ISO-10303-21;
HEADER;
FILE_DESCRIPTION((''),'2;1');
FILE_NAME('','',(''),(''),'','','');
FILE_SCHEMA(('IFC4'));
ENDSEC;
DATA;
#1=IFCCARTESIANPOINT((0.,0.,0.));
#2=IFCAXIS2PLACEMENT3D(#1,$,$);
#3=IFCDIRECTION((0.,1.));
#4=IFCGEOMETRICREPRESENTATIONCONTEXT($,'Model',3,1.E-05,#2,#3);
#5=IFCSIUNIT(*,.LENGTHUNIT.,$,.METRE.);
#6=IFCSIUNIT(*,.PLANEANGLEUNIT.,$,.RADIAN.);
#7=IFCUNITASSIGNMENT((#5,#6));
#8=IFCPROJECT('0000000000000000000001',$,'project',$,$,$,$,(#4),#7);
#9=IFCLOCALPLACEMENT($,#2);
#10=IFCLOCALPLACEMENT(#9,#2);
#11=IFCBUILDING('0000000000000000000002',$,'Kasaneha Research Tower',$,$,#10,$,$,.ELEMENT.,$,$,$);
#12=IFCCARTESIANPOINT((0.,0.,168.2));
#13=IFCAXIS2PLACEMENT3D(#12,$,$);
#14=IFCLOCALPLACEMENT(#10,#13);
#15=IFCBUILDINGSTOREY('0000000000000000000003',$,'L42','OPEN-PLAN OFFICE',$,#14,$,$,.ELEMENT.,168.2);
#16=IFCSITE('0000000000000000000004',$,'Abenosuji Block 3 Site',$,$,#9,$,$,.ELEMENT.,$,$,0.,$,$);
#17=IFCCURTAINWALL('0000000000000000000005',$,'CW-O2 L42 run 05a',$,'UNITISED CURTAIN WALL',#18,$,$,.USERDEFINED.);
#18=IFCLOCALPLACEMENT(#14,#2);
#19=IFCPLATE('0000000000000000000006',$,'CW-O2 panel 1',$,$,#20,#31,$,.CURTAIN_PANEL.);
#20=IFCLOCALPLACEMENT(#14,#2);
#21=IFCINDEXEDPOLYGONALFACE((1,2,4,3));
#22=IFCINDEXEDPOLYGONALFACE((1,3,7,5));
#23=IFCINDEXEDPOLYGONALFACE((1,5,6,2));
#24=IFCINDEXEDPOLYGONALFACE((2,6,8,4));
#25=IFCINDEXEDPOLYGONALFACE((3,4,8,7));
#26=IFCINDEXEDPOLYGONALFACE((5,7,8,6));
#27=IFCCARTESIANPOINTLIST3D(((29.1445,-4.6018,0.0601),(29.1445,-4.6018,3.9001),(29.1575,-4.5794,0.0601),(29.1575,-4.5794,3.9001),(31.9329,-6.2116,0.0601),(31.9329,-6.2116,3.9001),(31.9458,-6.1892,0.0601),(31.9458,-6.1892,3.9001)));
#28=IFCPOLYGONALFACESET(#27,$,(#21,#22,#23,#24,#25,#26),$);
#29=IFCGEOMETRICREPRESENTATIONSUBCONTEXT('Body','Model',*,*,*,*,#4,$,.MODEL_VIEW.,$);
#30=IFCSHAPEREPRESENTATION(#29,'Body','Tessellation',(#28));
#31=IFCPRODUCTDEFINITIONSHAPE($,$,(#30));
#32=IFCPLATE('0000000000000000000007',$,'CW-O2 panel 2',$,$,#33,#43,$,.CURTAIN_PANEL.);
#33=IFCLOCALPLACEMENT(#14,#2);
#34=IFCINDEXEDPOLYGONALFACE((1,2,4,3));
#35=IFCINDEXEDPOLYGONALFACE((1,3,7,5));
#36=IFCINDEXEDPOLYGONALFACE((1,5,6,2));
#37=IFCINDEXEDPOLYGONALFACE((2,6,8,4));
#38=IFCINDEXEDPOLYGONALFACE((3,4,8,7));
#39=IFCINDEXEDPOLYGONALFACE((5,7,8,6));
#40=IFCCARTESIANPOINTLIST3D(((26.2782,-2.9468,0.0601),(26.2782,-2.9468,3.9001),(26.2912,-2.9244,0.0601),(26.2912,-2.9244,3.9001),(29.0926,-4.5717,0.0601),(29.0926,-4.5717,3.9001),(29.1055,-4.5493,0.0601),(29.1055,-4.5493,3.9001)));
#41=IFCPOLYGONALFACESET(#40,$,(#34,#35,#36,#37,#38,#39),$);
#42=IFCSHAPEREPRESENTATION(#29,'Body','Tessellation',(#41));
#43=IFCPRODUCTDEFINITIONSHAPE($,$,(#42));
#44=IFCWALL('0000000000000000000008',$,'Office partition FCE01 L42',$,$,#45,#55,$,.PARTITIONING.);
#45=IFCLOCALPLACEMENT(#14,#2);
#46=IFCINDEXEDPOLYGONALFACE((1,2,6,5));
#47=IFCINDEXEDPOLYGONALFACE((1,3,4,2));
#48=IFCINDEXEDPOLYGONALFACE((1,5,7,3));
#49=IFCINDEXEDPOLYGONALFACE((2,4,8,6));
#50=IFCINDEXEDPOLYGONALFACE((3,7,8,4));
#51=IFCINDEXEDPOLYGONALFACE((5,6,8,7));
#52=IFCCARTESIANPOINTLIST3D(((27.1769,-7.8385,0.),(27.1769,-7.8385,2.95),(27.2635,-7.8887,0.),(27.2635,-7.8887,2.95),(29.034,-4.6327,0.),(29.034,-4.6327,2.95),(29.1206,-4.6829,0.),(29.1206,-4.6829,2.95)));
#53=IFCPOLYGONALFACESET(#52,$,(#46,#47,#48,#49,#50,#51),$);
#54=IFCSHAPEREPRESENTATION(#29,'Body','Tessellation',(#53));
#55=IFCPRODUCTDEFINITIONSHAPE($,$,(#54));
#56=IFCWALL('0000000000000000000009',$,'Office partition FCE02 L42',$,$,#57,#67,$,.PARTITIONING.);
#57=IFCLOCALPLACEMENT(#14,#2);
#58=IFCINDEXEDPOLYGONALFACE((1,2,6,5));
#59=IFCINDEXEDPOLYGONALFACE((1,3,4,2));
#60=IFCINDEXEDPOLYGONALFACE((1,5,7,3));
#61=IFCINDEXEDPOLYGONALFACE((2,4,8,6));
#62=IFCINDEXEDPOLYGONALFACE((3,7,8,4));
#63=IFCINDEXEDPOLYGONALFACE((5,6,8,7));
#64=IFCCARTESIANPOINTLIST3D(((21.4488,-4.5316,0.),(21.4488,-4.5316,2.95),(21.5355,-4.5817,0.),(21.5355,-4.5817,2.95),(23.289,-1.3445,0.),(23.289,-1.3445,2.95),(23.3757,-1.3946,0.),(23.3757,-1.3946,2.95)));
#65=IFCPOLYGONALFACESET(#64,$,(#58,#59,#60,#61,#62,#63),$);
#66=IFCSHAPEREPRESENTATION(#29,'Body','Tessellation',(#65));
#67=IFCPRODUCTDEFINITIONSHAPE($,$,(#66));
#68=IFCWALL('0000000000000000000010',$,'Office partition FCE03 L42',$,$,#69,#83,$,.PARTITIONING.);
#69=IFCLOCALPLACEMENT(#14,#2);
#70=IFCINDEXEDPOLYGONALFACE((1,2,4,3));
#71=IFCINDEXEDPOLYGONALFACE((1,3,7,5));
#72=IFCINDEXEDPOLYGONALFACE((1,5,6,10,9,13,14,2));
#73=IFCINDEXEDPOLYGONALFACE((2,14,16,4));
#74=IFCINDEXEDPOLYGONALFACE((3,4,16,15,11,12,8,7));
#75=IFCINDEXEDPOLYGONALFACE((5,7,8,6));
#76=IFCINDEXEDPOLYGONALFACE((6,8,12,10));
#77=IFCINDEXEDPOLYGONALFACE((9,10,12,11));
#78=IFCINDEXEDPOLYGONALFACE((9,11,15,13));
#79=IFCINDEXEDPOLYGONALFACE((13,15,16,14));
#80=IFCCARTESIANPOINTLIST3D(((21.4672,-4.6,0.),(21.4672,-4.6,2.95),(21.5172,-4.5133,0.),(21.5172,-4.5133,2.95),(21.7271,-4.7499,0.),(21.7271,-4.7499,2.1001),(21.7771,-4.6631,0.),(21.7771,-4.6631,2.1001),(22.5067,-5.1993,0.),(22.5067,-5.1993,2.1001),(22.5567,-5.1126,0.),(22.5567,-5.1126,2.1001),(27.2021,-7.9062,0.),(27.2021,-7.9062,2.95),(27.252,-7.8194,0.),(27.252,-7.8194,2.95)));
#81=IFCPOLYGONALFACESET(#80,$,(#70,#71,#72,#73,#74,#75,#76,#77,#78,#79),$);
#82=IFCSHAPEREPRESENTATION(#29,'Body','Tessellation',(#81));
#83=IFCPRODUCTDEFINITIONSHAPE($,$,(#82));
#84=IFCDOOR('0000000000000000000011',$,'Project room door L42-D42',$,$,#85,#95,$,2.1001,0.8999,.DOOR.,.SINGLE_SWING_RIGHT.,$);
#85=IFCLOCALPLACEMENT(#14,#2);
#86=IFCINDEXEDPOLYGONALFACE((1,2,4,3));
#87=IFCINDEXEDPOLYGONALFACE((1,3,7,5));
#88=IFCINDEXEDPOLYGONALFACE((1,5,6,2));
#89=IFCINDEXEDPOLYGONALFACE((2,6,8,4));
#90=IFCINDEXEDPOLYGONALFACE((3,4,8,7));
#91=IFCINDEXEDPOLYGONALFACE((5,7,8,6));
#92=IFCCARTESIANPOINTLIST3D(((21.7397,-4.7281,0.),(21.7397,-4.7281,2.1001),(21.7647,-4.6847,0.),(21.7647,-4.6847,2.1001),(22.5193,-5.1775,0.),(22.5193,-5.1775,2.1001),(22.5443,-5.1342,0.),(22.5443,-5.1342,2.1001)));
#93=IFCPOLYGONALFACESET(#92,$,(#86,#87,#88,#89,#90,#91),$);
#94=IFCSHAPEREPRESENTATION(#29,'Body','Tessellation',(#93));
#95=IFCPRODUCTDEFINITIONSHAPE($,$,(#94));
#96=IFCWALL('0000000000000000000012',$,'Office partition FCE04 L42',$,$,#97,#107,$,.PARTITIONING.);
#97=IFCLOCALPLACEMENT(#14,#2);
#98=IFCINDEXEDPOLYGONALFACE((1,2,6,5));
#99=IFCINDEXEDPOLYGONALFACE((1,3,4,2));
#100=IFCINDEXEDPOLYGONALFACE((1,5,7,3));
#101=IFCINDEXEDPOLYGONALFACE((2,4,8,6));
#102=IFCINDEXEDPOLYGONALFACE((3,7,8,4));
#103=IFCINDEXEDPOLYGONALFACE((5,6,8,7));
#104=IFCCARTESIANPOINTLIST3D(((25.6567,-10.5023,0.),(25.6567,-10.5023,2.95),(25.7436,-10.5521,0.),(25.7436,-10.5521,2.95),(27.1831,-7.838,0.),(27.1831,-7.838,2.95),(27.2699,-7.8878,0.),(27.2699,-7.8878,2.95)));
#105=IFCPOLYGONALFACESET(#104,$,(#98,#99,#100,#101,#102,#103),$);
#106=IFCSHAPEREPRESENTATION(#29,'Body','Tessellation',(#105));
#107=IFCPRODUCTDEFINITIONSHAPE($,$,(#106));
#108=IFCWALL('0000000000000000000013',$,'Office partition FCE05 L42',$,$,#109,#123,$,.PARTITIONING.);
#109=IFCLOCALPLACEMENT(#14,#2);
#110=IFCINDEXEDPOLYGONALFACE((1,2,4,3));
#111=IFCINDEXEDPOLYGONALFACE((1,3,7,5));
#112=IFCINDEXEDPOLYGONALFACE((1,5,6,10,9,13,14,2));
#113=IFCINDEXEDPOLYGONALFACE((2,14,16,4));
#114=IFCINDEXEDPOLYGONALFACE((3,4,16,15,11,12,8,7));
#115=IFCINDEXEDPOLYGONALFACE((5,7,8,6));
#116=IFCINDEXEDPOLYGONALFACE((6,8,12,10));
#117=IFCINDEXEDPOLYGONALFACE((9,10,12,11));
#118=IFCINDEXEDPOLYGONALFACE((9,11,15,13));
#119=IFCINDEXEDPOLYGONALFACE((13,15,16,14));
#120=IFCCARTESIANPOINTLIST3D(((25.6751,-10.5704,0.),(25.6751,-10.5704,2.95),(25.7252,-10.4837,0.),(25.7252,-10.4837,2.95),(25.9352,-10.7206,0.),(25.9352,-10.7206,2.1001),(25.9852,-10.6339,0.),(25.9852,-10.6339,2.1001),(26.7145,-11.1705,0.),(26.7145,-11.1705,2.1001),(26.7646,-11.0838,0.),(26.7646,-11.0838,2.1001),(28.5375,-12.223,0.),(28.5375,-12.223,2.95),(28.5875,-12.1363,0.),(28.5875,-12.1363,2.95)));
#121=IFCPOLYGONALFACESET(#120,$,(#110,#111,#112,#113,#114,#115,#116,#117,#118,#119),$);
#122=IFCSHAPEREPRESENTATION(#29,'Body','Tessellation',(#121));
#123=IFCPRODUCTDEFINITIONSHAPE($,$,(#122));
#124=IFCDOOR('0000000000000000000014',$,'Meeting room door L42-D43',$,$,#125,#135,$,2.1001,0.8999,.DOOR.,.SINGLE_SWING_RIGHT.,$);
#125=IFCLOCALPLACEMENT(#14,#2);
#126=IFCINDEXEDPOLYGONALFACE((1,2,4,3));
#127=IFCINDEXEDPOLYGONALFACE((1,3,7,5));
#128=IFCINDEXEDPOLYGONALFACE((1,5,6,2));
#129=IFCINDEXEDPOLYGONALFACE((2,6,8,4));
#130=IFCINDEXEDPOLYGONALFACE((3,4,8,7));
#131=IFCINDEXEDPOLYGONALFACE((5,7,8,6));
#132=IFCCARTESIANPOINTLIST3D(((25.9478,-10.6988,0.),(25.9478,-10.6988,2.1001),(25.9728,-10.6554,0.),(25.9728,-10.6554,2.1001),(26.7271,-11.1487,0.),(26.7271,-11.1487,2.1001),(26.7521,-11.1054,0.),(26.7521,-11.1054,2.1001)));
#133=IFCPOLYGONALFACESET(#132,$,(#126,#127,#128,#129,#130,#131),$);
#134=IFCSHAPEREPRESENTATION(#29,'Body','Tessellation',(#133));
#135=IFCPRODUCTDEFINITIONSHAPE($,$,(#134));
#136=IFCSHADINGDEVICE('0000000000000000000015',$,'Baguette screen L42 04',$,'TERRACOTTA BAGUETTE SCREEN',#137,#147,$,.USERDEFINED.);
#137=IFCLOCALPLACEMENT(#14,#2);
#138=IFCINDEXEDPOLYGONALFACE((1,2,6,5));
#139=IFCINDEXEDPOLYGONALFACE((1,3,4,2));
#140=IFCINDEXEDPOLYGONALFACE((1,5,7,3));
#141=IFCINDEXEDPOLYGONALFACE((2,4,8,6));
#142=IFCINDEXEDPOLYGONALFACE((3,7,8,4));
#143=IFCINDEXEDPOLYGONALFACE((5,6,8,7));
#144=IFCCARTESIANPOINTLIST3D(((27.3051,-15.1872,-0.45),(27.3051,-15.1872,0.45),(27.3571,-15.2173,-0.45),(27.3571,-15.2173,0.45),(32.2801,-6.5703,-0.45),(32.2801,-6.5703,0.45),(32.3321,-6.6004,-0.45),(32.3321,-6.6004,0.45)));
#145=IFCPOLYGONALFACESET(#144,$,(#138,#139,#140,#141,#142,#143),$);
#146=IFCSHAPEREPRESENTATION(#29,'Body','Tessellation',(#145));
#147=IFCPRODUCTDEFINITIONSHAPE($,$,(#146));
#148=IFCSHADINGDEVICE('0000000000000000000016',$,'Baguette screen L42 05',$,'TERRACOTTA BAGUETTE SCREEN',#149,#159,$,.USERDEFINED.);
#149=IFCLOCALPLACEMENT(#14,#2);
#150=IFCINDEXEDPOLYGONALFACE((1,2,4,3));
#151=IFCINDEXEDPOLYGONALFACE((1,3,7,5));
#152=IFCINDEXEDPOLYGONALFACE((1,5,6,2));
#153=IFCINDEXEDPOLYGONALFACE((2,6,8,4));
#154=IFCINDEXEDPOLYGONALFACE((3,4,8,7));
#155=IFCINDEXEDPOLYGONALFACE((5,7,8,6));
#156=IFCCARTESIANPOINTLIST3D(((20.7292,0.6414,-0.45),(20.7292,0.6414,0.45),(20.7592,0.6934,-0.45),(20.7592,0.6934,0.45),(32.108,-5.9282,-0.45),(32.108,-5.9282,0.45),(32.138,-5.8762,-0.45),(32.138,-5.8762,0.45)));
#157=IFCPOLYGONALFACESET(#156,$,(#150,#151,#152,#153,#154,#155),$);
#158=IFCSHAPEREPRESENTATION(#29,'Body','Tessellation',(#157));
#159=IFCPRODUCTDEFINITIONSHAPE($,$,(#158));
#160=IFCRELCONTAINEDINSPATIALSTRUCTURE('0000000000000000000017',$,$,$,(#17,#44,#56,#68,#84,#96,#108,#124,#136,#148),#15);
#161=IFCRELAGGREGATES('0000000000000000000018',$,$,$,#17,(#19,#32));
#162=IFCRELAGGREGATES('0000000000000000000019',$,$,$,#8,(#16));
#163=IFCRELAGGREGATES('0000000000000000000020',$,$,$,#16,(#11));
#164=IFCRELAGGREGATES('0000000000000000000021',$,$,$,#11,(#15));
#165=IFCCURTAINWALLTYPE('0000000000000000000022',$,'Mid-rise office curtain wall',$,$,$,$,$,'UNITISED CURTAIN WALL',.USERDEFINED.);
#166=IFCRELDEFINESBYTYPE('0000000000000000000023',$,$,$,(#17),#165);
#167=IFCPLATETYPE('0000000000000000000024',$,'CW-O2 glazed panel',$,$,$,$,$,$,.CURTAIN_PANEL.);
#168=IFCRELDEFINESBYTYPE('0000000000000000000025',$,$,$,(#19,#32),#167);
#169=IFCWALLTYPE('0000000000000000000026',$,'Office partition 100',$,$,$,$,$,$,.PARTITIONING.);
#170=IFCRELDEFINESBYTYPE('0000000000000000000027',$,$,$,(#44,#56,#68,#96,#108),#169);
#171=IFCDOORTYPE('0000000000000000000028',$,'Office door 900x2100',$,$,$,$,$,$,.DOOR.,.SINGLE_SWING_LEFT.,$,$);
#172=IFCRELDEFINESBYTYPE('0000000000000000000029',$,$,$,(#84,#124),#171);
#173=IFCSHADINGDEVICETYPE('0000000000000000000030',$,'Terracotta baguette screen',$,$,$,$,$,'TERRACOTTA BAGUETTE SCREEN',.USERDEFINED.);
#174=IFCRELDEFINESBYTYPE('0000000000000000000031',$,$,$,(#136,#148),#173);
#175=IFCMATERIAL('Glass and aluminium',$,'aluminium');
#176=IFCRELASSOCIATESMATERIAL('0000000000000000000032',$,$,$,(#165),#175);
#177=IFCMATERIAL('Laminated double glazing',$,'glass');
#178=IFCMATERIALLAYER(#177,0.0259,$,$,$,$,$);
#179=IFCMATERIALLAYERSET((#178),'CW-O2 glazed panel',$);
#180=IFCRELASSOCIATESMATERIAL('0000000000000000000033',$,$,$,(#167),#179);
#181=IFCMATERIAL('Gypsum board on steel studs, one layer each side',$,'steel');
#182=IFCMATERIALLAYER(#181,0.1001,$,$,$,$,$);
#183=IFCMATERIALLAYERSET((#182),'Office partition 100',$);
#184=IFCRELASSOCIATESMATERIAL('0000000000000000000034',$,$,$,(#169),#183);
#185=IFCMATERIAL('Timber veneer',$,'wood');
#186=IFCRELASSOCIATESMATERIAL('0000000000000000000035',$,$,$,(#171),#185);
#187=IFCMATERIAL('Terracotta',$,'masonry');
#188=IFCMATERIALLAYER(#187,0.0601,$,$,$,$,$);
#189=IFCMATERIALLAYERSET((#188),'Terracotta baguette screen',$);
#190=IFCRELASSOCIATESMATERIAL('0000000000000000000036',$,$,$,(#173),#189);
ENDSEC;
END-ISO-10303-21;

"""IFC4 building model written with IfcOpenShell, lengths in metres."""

from ifc_helpers import new_model, si_unit, direction, frame, frame_2d, origin, origin_2d, place, context, subcontext, project, spatial, rectangle, extrude, material, layer, layer_set, type_object, element, fill, aggregate, save


model = new_model("IFC4")

# Units and contexts
model_context = context("Model", 3, precision=1e-05, world=origin(), true_north=direction((0.0, 1.0)))
body_context = subcontext(model_context, "Body", "Model", "MODEL_VIEW")
ifc_project = project(units=[si_unit("LENGTHUNIT", "METRE"), si_unit("PLANEANGLEUNIT", "RADIAN")], contexts=[model_context])

# Site, building, storey
site_placement = place(None, origin())
site = spatial("IfcSite", under=ifc_project, at=site_placement, Name="Abenosuji Block 3 Site", CompositionType="ELEMENT", RefElevation=0.0)
building_placement = place(site_placement, origin())
building = spatial("IfcBuilding", under=site, at=building_placement, Name="Kasaneha Research Tower", CompositionType="ELEMENT")
storey_placement = place(building_placement, frame((0.0, 0.0, 168.2)))
storey = spatial("IfcBuildingStorey", under=building, at=storey_placement, Name="L42", Description="OPEN-PLAN OFFICE", CompositionType="ELEMENT", Elevation=168.2)

# Curtain wall
ifc_material_1 = material(Name="Glass and aluminium", Category="aluminium")
curtain_wall_type = type_object("IfcCurtainWallType", Name="Mid-rise office curtain wall", ElementType="UNITISED CURTAIN WALL", PredefinedType="USERDEFINED", material=ifc_material_1)
curtain_wall_1_placement = place(storey_placement, origin())
curtain_wall_1 = element("IfcCurtainWall", 1, at=curtain_wall_1_placement, inside=storey, type_object=curtain_wall_type, Name="CW-O2 L42 run 05a", ObjectType="UNITISED CURTAIN WALL", PredefinedType="USERDEFINED")

# Plates
ifc_material_2 = material(Name="Laminated double glazing", Category="glass")
ifc_layer_1 = layer(ifc_material_2, 0.0259)
ifc_layer_set_1 = layer_set([ifc_layer_1], Name="CW-O2 glazed panel")
plate_type = type_object("IfcPlateType", Name="CW-O2 glazed panel", PredefinedType="CURTAIN_PANEL", material=ifc_layer_set_1)
plate_1_placement = place(storey_placement, frame((30.5452, -5.3955, 0.0601), z_axis=(0.0, 0.0, 1.0), x_axis=(-0.866025, 0.5, 0.0)))
plate_1 = element("IfcPlate", 2, at=plate_1_placement, type_object=plate_type, Name="CW-O2 panel 1", PredefinedType="CURTAIN_PANEL", context=body_context, shape_type="SweptSolid", body=[
    extrude(rectangle(XDim=3.2197, YDim=0.0259, at=origin_2d()), origin(), (0.0, 0.0, 1.0), 3.8401),
])
plate_2_placement = place(storey_placement, frame((27.6919, -3.748, 0.0601), z_axis=(0.0, 0.0, 1.0), x_axis=(-0.866025, 0.5, 0.0)))
plate_2 = element("IfcPlate", 3, at=plate_2_placement, type_object=plate_type, Name="CW-O2 panel 2", PredefinedType="CURTAIN_PANEL", context=body_context, shape_type="SweptSolid", body=[
    extrude(rectangle(XDim=3.2498, YDim=0.0259, at=origin_2d()), origin(), (0.0, 0.0, 1.0), 3.8401),
])
aggregate(curtain_wall_1, [plate_1, plate_2])

# Walls
ifc_material_3 = material(Name="Gypsum board on steel studs, one layer each side", Category="steel")
ifc_layer_2 = layer(ifc_material_3, 0.1001)
ifc_layer_set_2 = layer_set([ifc_layer_2], Name="Office partition 100")
wall_type = type_object("IfcWallType", Name="Office partition 100", PredefinedType="PARTITIONING", material=ifc_layer_set_2)
wall_1_placement = place(storey_placement, frame((29.0774, -4.6577, 0.0), z_axis=(0.0, 0.0, 1.0), x_axis=(-0.501275, -0.865288, 0.0)))
element("IfcWall", 4, at=wall_1_placement, inside=storey, type_object=wall_type, Name="Office partition FCE01 L42", PredefinedType="PARTITIONING", context=body_context, shape_type="SweptSolid", body=[
    extrude(rectangle(XDim=3.7048, YDim=0.1001, at=frame_2d((1.8525, 0.0))), origin(), (0.0, 0.0, 1.0), 2.95),
])
wall_2_placement = place(storey_placement, frame((21.4922, -4.5566, 0.0), z_axis=(0.0, 0.0, 1.0), x_axis=(0.500013, 0.866018, 0.0)))
element("IfcWall", 5, at=wall_2_placement, inside=storey, type_object=wall_type, Name="Office partition FCE02 L42", PredefinedType="PARTITIONING", context=body_context, shape_type="SweptSolid", body=[
    extrude(rectangle(XDim=3.6802, YDim=0.1001, at=frame_2d((1.8401, 0.0))), origin(), (0.0, 0.0, 1.0), 2.95),
])

# Wall, opening, door
wall_3_placement = place(storey_placement, frame((27.2271, -7.8628, 0.0), z_axis=(0.0, 0.0, 1.0), x_axis=(-0.866344, 0.499448, 0.0)))
wall_3 = element("IfcWall", 6, at=wall_3_placement, inside=storey, type_object=wall_type, Name="Office partition FCE03 L42", PredefinedType="PARTITIONING", context=body_context, shape_type="SweptSolid", body=[
    extrude(rectangle(XDim=6.6196, YDim=0.1001, at=frame_2d((3.3098, 0.0))), origin(), (0.0, 0.0, 1.0), 2.95),
])
opening_1_placement = place(wall_3_placement, frame((5.4197, 0.0, 0.0)))
opening_1 = element("IfcOpeningElement", 7, at=opening_1_placement, cuts=wall_3, PredefinedType="OPENING", context=body_context, shape_type="SweptSolid", body=[
    extrude(rectangle(XDim=0.8999, YDim=2.1001, at=frame_2d((0.45, 1.05))), frame((0.0, 0.0601, 0.0), z_axis=(0.0, -1.0, 0.0), x_axis=(1.0, 0.0, 0.0)), (0.0, 0.0, 1.0), 0.1201),
])
ifc_material_4 = material(Name="Timber veneer", Category="wood")
door_type = type_object("IfcDoorType", Name="Office door 900x2100", OperationType="SINGLE_SWING_LEFT", PredefinedType="DOOR", material=ifc_material_4)
door_1_placement = place(opening_1_placement, origin())
door_1 = element("IfcDoor", 8, at=door_1_placement, inside=storey, type_object=door_type, Name="Project room door L42-D42", OperationType="SINGLE_SWING_RIGHT", OverallHeight=2.1001, OverallWidth=0.8999, PredefinedType="DOOR", context=body_context, shape_type="SweptSolid", body=[
    extrude(rectangle(XDim=0.8999, YDim=2.1001, at=frame_2d((0.45, 1.05))), frame((0.0, 0.0249, 0.0), z_axis=(0.0, -1.0, 0.0), x_axis=(1.0, 0.0, 0.0)), (0.0, 0.0, 1.0), 0.05),
])
fill(opening_1, door_1)

# Wall
wall_4_placement = place(storey_placement, frame((25.7002, -10.5271, 0.0), z_axis=(0.0, 0.0, 1.0), x_axis=(0.497098, 0.867695, 0.0)))
element("IfcWall", 9, at=wall_4_placement, inside=storey, type_object=wall_type, Name="Office partition FCE04 L42", PredefinedType="PARTITIONING", context=body_context, shape_type="SweptSolid", body=[
    extrude(rectangle(XDim=3.0706, YDim=0.1001, at=frame_2d((1.5352, 0.0))), origin(), (0.0, 0.0, 1.0), 2.95),
])

# Wall, opening, door
wall_5_placement = place(storey_placement, frame((28.5625, -12.1797, 0.0), z_axis=(0.0, 0.0, 1.0), x_axis=(-0.866021, 0.500008, 0.0)))
wall_5 = element("IfcWall", 10, at=wall_5_placement, inside=storey, type_object=wall_type, Name="Office partition FCE05 L42", PredefinedType="PARTITIONING", context=body_context, shape_type="SweptSolid", body=[
    extrude(rectangle(XDim=3.3052, YDim=0.1001, at=frame_2d((1.6526, 0.0))), origin(), (0.0, 0.0, 1.0), 2.95),
])
opening_2_placement = place(wall_5_placement, frame((2.105, 0.0, 0.0)))
opening_2 = element("IfcOpeningElement", 11, at=opening_2_placement, cuts=wall_5, PredefinedType="OPENING", context=body_context, shape_type="SweptSolid", body=[
    extrude(rectangle(XDim=0.8999, YDim=2.1001, at=frame_2d((0.45, 1.05))), frame((0.0, 0.0601, 0.0), z_axis=(0.0, -1.0, 0.0), x_axis=(1.0, 0.0, 0.0)), (0.0, 0.0, 1.0), 0.1201),
])
door_2_placement = place(opening_2_placement, origin())
door_2 = element("IfcDoor", 12, at=door_2_placement, inside=storey, type_object=door_type, Name="Meeting room door L42-D43", OperationType="SINGLE_SWING_RIGHT", OverallHeight=2.1001, OverallWidth=0.8999, PredefinedType="DOOR", context=body_context, shape_type="SweptSolid", body=[
    extrude(rectangle(XDim=0.8999, YDim=2.1001, at=frame_2d((0.45, 1.05))), frame((0.0, 0.0249, 0.0), z_axis=(0.0, -1.0, 0.0), x_axis=(1.0, 0.0, 0.0)), (0.0, 0.0, 1.0), 0.05),
])
fill(opening_2, door_2)

# Shading devices
ifc_material_5 = material(Name="Terracotta", Category="masonry")
ifc_layer_3 = layer(ifc_material_5, 0.0601)
ifc_layer_set_3 = layer_set([ifc_layer_3], Name="Terracotta baguette screen")
shading_device_type = type_object("IfcShadingDeviceType", Name="Terracotta baguette screen", ElementType="TERRACOTTA BAGUETTE SCREEN", PredefinedType="USERDEFINED", material=ifc_layer_set_3)
shading_device_1_placement = place(storey_placement, frame((29.8186, -10.8938, -0.45), z_axis=(0.0, 0.0, 1.0), x_axis=(0.5, 0.866025, 0.0)))
element("IfcShadingDevice", 13, at=shading_device_1_placement, inside=storey, type_object=shading_device_type, Name="Baguette screen L42 04", ObjectType="TERRACOTTA BAGUETTE SCREEN", PredefinedType="USERDEFINED", context=body_context, shape_type="SweptSolid", body=[
    extrude(rectangle(XDim=9.95, YDim=0.0601, at=origin_2d()), origin(), (0.0, 0.0, 1.0), 0.8999),
])
shading_device_2_placement = place(storey_placement, frame((26.4336, -2.6174, -0.45), z_axis=(0.0, 0.0, 1.0), x_axis=(-0.866025, 0.5, 0.0)))
element("IfcShadingDevice", 14, at=shading_device_2_placement, inside=storey, type_object=shading_device_type, Name="Baguette screen L42 05", ObjectType="TERRACOTTA BAGUETTE SCREEN", PredefinedType="USERDEFINED", context=body_context, shape_type="SweptSolid", body=[
    extrude(rectangle(XDim=13.1392, YDim=0.0601, at=origin_2d()), origin(), (0.0, 0.0, 1.0), 0.8999),
])

save(model, "model.ifc")
